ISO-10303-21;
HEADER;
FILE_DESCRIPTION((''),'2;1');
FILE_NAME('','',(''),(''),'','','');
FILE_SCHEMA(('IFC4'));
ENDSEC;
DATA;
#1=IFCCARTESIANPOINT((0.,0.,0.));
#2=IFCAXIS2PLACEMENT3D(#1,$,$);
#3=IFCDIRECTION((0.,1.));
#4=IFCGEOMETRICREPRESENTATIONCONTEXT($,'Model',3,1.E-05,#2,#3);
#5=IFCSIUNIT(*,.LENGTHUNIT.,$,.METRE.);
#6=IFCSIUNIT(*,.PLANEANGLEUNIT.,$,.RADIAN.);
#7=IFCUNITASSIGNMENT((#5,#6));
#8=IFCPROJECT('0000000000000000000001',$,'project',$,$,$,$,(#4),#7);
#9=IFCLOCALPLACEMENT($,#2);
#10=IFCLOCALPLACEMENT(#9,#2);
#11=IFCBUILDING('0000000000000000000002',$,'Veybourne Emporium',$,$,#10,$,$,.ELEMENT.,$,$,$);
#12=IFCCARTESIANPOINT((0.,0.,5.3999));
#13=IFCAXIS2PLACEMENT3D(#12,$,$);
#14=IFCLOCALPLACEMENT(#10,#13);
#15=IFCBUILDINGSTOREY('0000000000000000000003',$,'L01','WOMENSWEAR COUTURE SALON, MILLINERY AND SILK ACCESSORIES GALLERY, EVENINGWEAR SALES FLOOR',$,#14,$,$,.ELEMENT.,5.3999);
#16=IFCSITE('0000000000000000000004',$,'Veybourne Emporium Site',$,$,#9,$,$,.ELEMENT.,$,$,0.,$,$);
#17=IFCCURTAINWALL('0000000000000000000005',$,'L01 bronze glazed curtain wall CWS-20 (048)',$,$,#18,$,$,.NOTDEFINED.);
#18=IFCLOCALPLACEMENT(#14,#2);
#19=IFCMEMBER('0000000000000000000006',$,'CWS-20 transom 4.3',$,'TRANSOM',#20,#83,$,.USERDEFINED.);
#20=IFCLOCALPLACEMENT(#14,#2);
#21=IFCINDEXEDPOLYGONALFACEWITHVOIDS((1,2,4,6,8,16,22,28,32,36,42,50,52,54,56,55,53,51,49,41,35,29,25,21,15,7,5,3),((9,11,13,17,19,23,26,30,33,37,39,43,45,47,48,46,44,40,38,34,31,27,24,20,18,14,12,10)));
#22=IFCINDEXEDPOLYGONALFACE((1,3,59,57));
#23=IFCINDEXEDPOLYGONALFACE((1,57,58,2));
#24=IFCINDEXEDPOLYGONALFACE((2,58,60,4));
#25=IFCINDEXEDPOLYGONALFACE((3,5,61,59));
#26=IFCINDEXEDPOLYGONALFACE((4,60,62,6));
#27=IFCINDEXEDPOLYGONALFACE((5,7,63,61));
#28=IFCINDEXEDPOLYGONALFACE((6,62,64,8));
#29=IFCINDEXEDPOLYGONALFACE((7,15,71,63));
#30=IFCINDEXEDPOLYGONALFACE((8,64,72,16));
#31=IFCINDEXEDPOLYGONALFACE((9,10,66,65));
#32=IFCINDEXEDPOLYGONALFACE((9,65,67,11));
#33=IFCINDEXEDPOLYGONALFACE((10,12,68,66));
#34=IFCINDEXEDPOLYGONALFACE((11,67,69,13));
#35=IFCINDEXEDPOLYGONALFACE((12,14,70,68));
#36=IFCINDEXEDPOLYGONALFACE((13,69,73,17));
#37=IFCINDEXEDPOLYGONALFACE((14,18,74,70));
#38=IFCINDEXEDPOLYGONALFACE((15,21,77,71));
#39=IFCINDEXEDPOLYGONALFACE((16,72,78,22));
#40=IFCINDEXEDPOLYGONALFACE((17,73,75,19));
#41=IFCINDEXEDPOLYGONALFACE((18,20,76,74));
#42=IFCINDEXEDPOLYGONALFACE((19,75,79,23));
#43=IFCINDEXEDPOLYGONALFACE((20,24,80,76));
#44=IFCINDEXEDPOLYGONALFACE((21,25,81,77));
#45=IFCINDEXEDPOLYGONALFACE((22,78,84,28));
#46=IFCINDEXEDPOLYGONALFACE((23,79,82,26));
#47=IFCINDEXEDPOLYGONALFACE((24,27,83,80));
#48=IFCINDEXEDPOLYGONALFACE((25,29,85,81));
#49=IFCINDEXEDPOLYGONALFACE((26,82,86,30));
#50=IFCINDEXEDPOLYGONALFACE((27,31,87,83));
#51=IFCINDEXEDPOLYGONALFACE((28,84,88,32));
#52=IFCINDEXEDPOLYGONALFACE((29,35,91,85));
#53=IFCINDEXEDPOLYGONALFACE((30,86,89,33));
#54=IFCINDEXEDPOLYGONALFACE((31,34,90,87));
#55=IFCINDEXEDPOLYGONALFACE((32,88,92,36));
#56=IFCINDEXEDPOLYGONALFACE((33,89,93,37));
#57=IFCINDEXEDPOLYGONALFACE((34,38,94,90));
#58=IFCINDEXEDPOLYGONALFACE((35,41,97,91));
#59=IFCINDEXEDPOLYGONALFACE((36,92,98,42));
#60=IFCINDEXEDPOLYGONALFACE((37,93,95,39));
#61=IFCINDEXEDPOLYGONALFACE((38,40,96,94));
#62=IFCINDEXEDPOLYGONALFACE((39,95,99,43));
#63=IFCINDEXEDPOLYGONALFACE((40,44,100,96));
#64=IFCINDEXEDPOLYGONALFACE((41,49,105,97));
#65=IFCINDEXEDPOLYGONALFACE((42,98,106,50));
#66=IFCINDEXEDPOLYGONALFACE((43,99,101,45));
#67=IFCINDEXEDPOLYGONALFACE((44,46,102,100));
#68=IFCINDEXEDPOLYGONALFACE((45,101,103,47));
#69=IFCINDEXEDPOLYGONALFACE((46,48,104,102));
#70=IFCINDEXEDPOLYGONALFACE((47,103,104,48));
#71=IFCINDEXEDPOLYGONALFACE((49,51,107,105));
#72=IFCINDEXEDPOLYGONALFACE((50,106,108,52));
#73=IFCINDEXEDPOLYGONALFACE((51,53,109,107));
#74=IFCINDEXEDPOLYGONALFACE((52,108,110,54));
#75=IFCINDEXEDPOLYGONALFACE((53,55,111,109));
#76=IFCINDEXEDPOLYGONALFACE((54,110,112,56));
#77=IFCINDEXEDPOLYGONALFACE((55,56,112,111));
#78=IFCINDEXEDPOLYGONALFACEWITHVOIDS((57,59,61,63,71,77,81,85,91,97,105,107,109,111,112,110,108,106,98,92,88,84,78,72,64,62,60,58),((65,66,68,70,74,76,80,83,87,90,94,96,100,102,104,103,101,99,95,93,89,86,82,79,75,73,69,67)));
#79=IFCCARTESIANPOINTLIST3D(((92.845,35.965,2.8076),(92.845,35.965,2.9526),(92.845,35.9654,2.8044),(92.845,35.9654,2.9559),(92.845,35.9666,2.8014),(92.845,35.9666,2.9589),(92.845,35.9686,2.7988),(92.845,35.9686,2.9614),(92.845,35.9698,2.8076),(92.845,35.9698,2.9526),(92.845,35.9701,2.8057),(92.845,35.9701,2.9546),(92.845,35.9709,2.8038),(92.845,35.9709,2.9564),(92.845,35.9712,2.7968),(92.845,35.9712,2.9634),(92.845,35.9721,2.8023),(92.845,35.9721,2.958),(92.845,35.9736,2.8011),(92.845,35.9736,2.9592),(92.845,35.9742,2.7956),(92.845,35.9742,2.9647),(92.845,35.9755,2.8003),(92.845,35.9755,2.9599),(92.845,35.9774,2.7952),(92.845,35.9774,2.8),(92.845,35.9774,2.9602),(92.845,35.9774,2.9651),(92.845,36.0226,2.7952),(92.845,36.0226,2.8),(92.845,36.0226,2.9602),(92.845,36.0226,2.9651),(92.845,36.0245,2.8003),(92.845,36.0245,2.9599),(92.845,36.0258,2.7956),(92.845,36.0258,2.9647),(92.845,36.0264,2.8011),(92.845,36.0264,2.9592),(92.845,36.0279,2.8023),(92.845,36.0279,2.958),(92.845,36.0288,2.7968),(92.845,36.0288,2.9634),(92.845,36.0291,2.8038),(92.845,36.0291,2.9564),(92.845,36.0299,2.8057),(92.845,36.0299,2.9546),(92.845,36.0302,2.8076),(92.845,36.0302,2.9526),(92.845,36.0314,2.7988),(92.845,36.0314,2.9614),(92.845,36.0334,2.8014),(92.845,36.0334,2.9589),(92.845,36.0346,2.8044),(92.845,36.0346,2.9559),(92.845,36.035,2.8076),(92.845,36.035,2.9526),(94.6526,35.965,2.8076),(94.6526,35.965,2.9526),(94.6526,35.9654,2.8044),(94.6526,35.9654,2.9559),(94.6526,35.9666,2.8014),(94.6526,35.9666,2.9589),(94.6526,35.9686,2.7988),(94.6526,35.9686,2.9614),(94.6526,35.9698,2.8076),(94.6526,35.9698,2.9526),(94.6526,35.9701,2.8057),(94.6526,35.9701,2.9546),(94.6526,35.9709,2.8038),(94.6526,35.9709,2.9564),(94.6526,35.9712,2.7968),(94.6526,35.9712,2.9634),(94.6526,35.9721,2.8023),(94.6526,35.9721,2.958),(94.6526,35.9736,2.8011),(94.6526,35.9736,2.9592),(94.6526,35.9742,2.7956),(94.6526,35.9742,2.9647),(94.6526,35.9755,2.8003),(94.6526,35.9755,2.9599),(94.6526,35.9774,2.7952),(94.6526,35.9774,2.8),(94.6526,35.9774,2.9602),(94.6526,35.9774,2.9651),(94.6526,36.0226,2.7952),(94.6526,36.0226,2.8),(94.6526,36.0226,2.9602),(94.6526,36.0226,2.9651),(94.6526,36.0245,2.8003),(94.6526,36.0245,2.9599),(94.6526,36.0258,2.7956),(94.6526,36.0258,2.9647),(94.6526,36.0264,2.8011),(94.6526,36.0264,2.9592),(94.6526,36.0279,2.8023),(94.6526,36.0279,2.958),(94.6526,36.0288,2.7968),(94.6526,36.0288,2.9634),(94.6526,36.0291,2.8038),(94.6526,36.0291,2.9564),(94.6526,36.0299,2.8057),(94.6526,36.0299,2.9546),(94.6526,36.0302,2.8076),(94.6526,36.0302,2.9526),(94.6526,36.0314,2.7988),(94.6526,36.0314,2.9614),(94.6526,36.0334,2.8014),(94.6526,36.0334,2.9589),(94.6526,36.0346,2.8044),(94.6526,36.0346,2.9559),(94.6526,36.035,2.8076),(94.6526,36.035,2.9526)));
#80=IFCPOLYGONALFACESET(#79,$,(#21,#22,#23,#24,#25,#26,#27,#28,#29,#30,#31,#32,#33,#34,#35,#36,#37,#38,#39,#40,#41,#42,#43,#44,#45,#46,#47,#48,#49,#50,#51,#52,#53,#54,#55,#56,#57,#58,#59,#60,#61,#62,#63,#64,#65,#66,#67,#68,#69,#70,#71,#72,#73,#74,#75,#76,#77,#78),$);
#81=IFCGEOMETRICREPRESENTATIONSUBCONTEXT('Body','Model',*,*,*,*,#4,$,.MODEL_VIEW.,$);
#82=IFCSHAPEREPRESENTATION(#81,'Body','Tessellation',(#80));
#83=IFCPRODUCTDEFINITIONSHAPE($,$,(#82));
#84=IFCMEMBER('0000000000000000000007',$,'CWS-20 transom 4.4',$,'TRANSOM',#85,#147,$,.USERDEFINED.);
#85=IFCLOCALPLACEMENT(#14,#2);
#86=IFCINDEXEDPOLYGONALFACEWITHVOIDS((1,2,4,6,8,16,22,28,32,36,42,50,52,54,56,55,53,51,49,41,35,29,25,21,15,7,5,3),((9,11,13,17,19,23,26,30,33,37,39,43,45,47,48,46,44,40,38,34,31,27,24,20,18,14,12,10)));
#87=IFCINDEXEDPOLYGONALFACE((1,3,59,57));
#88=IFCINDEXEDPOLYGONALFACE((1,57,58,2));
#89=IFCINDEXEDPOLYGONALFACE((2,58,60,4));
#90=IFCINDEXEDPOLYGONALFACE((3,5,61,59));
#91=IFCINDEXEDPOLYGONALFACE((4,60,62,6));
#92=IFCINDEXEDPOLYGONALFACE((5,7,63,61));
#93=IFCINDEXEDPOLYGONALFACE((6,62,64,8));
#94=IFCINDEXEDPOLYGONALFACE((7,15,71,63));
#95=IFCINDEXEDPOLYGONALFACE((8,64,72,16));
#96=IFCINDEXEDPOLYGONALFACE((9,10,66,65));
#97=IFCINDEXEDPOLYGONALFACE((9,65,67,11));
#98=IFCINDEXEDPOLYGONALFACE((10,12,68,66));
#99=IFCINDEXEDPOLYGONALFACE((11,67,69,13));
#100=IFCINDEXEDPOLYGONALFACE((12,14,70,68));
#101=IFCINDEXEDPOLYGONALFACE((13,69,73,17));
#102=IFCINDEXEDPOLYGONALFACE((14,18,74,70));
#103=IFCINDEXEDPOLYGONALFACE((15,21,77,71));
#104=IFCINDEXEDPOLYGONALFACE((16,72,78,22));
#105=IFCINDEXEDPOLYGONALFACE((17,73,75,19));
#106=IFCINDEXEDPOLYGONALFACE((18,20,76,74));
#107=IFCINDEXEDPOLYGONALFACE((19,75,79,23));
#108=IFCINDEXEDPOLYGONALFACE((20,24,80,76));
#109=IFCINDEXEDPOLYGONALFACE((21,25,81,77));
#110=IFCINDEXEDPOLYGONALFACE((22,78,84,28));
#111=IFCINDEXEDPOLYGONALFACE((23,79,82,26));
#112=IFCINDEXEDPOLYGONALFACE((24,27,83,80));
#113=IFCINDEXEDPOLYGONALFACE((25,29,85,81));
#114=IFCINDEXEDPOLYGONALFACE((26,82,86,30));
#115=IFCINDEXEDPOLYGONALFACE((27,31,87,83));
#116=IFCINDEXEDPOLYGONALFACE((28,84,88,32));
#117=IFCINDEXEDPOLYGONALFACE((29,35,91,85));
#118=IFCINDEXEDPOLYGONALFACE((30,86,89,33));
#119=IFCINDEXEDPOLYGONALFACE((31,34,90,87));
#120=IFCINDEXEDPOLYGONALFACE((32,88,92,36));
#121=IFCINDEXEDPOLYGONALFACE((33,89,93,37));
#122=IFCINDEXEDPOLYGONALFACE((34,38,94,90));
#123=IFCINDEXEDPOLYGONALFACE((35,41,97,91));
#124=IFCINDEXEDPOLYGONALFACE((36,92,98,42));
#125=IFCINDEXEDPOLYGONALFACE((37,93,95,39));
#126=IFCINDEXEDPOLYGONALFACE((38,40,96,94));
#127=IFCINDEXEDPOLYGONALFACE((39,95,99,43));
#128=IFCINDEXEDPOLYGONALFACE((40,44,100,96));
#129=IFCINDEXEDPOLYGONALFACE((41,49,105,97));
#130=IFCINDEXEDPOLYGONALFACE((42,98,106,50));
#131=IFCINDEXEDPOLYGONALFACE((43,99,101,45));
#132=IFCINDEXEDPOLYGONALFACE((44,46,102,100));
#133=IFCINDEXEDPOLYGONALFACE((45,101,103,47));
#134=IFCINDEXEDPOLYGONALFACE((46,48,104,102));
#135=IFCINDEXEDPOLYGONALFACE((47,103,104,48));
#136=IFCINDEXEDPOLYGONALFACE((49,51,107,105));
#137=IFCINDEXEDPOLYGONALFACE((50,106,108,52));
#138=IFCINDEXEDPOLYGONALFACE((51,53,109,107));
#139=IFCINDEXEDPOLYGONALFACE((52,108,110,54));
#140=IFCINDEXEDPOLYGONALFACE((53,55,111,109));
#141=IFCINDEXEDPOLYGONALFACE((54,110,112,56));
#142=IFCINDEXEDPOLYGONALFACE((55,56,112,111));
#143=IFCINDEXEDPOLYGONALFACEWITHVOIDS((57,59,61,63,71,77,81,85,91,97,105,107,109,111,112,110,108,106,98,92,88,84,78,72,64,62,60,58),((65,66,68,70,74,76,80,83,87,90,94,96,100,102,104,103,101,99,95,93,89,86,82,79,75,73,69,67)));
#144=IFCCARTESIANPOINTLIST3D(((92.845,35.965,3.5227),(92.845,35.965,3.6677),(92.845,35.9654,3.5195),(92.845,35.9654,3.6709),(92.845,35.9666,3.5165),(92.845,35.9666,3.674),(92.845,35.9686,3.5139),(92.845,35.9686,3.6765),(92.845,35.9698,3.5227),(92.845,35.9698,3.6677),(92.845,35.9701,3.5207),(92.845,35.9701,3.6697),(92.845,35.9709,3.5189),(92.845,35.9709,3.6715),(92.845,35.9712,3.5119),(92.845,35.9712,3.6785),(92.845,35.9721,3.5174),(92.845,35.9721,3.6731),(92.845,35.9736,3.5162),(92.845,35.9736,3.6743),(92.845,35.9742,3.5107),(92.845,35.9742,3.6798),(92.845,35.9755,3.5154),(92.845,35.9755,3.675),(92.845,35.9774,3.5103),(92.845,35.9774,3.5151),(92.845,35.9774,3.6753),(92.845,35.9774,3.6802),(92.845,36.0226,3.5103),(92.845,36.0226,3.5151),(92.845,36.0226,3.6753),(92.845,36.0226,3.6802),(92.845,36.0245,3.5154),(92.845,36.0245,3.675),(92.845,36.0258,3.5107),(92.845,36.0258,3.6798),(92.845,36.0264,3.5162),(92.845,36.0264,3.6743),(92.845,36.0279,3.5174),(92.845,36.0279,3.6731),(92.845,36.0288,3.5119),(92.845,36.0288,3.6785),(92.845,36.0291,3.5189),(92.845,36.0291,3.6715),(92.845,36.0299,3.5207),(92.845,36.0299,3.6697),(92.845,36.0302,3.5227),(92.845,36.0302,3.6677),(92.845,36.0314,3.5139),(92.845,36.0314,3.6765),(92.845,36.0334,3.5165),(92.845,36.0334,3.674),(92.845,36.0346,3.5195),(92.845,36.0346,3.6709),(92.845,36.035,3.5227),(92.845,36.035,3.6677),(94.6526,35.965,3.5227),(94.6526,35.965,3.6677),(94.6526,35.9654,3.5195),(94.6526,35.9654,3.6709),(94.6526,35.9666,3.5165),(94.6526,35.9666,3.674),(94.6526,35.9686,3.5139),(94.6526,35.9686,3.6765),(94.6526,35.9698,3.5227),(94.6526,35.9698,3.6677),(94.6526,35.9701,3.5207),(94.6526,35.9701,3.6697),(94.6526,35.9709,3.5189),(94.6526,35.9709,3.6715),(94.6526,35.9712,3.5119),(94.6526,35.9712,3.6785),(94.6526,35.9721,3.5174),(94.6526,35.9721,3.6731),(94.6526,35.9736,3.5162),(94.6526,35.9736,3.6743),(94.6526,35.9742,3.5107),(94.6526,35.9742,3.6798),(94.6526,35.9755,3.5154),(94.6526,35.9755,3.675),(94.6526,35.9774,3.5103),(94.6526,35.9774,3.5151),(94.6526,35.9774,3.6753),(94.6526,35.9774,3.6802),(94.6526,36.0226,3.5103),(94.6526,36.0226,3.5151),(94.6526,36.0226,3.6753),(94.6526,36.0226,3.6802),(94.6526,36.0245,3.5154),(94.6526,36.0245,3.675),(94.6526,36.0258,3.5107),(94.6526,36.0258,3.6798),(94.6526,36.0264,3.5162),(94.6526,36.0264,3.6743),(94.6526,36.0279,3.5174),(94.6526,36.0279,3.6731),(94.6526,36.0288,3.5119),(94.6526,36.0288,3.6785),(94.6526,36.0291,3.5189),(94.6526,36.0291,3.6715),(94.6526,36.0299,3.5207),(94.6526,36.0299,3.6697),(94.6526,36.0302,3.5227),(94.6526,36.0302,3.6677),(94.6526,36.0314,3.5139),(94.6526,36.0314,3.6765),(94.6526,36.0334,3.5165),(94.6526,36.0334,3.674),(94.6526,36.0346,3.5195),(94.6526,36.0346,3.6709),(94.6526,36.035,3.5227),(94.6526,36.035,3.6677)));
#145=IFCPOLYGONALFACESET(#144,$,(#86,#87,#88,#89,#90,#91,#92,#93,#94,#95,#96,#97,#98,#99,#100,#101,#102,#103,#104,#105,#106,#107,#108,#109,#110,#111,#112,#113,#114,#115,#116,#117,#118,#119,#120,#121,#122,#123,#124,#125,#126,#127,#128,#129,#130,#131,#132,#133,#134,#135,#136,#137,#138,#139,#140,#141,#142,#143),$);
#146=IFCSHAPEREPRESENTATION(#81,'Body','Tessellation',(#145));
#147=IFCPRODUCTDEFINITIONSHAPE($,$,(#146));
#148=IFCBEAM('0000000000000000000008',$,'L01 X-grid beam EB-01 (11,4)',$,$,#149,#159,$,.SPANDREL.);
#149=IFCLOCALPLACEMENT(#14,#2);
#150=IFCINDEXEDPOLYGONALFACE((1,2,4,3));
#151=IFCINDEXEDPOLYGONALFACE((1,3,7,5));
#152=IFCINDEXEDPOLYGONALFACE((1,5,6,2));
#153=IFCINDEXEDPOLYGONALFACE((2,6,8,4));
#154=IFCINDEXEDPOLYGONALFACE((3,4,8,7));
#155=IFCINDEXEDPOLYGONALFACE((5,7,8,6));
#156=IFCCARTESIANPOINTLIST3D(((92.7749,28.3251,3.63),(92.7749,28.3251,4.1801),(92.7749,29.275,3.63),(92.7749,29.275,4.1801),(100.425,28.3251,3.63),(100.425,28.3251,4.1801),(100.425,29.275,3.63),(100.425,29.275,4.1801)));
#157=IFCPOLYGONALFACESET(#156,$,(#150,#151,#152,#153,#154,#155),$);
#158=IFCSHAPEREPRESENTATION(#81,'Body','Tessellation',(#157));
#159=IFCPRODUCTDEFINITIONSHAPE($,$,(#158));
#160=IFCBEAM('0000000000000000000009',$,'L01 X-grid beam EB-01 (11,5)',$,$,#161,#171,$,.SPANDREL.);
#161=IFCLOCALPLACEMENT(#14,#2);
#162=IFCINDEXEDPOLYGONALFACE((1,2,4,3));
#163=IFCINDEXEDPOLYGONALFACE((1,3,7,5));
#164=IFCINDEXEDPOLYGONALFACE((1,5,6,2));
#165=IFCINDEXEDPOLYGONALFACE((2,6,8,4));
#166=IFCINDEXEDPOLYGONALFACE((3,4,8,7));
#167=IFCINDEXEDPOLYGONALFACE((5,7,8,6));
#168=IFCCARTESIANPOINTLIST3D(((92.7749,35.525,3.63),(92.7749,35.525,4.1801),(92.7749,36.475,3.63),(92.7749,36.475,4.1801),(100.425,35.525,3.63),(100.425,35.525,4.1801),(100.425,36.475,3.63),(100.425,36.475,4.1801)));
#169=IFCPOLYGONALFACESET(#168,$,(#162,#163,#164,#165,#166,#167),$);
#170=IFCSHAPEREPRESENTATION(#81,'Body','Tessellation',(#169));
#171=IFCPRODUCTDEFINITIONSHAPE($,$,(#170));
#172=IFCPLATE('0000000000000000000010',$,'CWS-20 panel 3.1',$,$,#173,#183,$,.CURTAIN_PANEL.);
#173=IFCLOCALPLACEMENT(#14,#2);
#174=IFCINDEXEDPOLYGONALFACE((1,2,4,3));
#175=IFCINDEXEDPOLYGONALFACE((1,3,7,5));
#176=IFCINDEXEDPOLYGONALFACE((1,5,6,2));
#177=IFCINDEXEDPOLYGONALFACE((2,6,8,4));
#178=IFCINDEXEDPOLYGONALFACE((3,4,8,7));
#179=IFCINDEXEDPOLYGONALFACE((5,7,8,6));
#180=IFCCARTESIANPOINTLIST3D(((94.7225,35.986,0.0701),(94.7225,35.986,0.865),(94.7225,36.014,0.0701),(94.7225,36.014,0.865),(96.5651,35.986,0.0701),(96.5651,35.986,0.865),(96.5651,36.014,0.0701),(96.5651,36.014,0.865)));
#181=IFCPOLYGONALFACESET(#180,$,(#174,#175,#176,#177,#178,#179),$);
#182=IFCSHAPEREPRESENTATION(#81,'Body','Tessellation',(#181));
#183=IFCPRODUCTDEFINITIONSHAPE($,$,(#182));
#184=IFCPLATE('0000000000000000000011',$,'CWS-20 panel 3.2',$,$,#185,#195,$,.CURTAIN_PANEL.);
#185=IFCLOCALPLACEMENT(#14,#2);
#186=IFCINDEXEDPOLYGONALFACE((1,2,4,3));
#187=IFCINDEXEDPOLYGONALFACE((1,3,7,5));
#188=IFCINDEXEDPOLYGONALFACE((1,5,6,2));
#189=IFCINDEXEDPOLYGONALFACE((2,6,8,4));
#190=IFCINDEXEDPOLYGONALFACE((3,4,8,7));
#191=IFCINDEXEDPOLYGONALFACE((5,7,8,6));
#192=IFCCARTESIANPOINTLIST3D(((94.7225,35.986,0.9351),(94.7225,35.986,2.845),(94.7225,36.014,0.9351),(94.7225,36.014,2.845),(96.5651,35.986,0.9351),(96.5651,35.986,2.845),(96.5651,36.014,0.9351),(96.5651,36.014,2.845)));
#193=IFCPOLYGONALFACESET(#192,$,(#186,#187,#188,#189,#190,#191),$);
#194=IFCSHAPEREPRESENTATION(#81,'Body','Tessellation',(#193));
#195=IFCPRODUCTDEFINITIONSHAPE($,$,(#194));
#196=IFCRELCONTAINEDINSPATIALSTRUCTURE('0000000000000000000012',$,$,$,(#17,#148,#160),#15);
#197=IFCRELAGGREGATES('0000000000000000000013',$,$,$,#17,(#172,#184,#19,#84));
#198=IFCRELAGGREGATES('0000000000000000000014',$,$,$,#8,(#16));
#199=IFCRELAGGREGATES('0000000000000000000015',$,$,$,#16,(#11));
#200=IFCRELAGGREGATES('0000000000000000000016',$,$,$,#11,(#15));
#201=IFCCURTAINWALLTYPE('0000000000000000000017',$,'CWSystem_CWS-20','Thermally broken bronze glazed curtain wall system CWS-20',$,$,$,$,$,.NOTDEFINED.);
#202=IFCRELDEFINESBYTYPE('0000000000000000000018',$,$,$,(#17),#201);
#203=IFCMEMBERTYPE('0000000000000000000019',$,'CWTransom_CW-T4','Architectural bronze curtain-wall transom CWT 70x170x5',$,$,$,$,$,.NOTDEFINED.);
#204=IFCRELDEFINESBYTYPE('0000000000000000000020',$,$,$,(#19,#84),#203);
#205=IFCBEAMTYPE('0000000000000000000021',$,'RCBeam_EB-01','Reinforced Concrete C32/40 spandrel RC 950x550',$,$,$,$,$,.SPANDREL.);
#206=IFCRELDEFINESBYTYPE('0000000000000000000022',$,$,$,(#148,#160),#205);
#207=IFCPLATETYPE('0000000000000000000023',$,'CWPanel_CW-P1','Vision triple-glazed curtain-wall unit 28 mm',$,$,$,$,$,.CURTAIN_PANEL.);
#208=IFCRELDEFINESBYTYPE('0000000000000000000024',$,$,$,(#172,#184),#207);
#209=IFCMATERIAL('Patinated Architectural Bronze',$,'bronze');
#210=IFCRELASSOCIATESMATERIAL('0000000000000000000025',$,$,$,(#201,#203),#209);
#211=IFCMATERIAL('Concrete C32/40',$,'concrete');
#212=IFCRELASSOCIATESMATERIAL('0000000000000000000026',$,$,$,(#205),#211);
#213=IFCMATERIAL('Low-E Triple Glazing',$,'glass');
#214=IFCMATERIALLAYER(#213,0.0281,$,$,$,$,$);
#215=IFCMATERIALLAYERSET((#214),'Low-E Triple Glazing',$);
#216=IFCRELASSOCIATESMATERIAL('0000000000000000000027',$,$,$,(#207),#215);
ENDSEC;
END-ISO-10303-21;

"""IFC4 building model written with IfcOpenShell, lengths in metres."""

from ifc_helpers import new_model, si_unit, direction, frame, origin, origin_2d, place, context, subcontext, project, spatial, rectangle, hollow_rectangle, extrude, material, layer, layer_set, material_profile, profile_set, type_object, element, aggregate, save


model = new_model("IFC4")

# Units and contexts
model_context = context("Model", 3, precision=1e-05, world=origin(), true_north=direction((0.0, 1.0)))
body_context = subcontext(model_context, "Body", "Model", "MODEL_VIEW")
ifc_project = project(units=[si_unit("LENGTHUNIT", "METRE"), si_unit("PLANEANGLEUNIT", "RADIAN")], contexts=[model_context])

# Site, building, storey
site_placement = place(None, origin())
site = spatial("IfcSite", under=ifc_project, at=site_placement, Name="Veybourne Emporium Site", CompositionType="ELEMENT", RefElevation=0.0)
building_placement = place(site_placement, origin())
building = spatial("IfcBuilding", under=site, at=building_placement, Name="Veybourne Emporium", CompositionType="ELEMENT")
storey_placement = place(building_placement, frame((0.0, 0.0, 5.3999)))
storey = spatial("IfcBuildingStorey", under=building, at=storey_placement, Name="L01", Description="WOMENSWEAR COUTURE SALON, MILLINERY AND SILK ACCESSORIES GALLERY, EVENINGWEAR SALES FLOOR", CompositionType="ELEMENT", Elevation=5.3999)

# Curtain wall, members
ifc_material_1 = material(Name="Patinated Architectural Bronze", Category="bronze")
curtain_wall_type = type_object("IfcCurtainWallType", Name="CWSystem_CWS-20", Description="Thermally broken bronze glazed curtain wall system CWS-20", PredefinedType="NOTDEFINED", material=ifc_material_1)
curtain_wall_placement = place(storey_placement, origin())
curtain_wall = element("IfcCurtainWall", 1, at=curtain_wall_placement, inside=storey, type_object=curtain_wall_type, Name="L01 bronze glazed curtain wall CWS-20 (048)", PredefinedType="NOTDEFINED")
ifc_material_profile_1 = material_profile(ifc_material_1, hollow_rectangle(XDim=0.0701, YDim=0.1699, WallThickness=0.0049, InnerFilletRadius=0.0076, OuterFilletRadius=0.0125, at=origin_2d()), Name="CWT 70x170x5")
ifc_profile_set_1 = profile_set([ifc_material_profile_1], Name="Patinated Architectural Bronze")
member_type_1 = type_object("IfcMemberType", Name="CWTransom_CW-T4", Description="Architectural bronze curtain-wall transom CWT 70x170x5", PredefinedType="NOTDEFINED", material=ifc_profile_set_1)
member_1_placement = place(storey_placement, frame((94.6526, 36.0, 2.8801), z_axis=(-1.0, 0.0, 0.0), x_axis=(0.0, -1.0, 0.0)))
member_1 = element("IfcMember", 2, at=member_1_placement, type_object=member_type_1, Name="CWS-20 transom 4.3", ObjectType="TRANSOM", PredefinedType="USERDEFINED", context=body_context, shape_type="SweptSolid", body=[
    extrude(hollow_rectangle(XDim=0.0701, YDim=0.1699, WallThickness=0.0049, InnerFilletRadius=0.0076, OuterFilletRadius=0.0125, at=origin_2d()), origin(), (0.0, 0.0, 1.0), 1.8076),
])
member_2_placement = place(storey_placement, frame((94.6526, 36.0, 3.5952), z_axis=(-1.0, 0.0, 0.0), x_axis=(0.0, -1.0, 0.0)))
member_2 = element("IfcMember", 3, at=member_2_placement, type_object=member_type_1, Name="CWS-20 transom 4.4", ObjectType="TRANSOM", PredefinedType="USERDEFINED", context=body_context, shape_type="SweptSolid", body=[
    extrude(hollow_rectangle(XDim=0.0701, YDim=0.1699, WallThickness=0.0049, InnerFilletRadius=0.0076, OuterFilletRadius=0.0125, at=origin_2d()), origin(), (0.0, 0.0, 1.0), 1.8076),
])

# Beams
ifc_material_2 = material(Name="Concrete C32/40", Category="concrete")
ifc_material_profile_2 = material_profile(ifc_material_2, rectangle(XDim=0.95, YDim=0.55, at=origin_2d()), Name="RC 950x550")
ifc_profile_set_2 = profile_set([ifc_material_profile_2], Name="Concrete C32/40")
beam_type = type_object("IfcBeamType", Name="RCBeam_EB-01", Description="Reinforced Concrete C32/40 spandrel RC 950x550", PredefinedType="SPANDREL", material=ifc_profile_set_2)
for number, where, z_axis, x_axis, name in (
    (4, (92.7749, 28.8, 3.905), (1.0, 0.0, 0.0), (0.0, 1.0, 0.0), "L01 X-grid beam EB-01 (11,4)"),
    (5, (92.7749, 36.0, 3.905), (1.0, 0.0, 0.0), (0.0, 1.0, 0.0), "L01 X-grid beam EB-01 (11,5)"),
):
    element("IfcBeam", number, at=place(storey_placement, frame(where, z_axis=z_axis, x_axis=x_axis)), inside=storey, type_object=beam_type, Name=name, PredefinedType="SPANDREL", context=body_context, shape_type="SweptSolid", body=[
        extrude(rectangle(XDim=0.95, YDim=0.55, at=origin_2d()), origin(), (0.0, 0.0, 1.0), 7.6501),
    ])

# Plates
ifc_material_3 = material(Name="Low-E Triple Glazing", Category="glass")
ifc_layer_1 = layer(ifc_material_3, 0.0281)
ifc_layer_set_1 = layer_set([ifc_layer_1], Name="Low-E Triple Glazing")
plate_type = type_object("IfcPlateType", Name="CWPanel_CW-P1", Description="Vision triple-glazed curtain-wall unit 28 mm", PredefinedType="CURTAIN_PANEL", material=ifc_layer_set_1)
plate_1_placement = place(storey_placement, frame((95.6438, 36.0, 0.0701), z_axis=(0.0, 0.0, 1.0), x_axis=(-1.0, 0.0, 0.0)))
plate_1 = element("IfcPlate", 6, at=plate_1_placement, type_object=plate_type, Name="CWS-20 panel 3.1", PredefinedType="CURTAIN_PANEL", context=body_context, shape_type="SweptSolid", body=[
    extrude(rectangle(XDim=1.8425, YDim=0.0281, at=origin_2d()), origin(), (0.0, 0.0, 1.0), 0.7949),
])
plate_2_placement = place(storey_placement, frame((95.6438, 36.0, 0.9351), z_axis=(0.0, 0.0, 1.0), x_axis=(-1.0, 0.0, 0.0)))
plate_2 = element("IfcPlate", 7, at=plate_2_placement, type_object=plate_type, Name="CWS-20 panel 3.2", PredefinedType="CURTAIN_PANEL", context=body_context, shape_type="SweptSolid", body=[
    extrude(rectangle(XDim=1.8425, YDim=0.0281, at=origin_2d()), origin(), (0.0, 0.0, 1.0), 1.9099),
])
aggregate(curtain_wall, [plate_1, plate_2, member_1, member_2])

save(model, "model.ifc")
